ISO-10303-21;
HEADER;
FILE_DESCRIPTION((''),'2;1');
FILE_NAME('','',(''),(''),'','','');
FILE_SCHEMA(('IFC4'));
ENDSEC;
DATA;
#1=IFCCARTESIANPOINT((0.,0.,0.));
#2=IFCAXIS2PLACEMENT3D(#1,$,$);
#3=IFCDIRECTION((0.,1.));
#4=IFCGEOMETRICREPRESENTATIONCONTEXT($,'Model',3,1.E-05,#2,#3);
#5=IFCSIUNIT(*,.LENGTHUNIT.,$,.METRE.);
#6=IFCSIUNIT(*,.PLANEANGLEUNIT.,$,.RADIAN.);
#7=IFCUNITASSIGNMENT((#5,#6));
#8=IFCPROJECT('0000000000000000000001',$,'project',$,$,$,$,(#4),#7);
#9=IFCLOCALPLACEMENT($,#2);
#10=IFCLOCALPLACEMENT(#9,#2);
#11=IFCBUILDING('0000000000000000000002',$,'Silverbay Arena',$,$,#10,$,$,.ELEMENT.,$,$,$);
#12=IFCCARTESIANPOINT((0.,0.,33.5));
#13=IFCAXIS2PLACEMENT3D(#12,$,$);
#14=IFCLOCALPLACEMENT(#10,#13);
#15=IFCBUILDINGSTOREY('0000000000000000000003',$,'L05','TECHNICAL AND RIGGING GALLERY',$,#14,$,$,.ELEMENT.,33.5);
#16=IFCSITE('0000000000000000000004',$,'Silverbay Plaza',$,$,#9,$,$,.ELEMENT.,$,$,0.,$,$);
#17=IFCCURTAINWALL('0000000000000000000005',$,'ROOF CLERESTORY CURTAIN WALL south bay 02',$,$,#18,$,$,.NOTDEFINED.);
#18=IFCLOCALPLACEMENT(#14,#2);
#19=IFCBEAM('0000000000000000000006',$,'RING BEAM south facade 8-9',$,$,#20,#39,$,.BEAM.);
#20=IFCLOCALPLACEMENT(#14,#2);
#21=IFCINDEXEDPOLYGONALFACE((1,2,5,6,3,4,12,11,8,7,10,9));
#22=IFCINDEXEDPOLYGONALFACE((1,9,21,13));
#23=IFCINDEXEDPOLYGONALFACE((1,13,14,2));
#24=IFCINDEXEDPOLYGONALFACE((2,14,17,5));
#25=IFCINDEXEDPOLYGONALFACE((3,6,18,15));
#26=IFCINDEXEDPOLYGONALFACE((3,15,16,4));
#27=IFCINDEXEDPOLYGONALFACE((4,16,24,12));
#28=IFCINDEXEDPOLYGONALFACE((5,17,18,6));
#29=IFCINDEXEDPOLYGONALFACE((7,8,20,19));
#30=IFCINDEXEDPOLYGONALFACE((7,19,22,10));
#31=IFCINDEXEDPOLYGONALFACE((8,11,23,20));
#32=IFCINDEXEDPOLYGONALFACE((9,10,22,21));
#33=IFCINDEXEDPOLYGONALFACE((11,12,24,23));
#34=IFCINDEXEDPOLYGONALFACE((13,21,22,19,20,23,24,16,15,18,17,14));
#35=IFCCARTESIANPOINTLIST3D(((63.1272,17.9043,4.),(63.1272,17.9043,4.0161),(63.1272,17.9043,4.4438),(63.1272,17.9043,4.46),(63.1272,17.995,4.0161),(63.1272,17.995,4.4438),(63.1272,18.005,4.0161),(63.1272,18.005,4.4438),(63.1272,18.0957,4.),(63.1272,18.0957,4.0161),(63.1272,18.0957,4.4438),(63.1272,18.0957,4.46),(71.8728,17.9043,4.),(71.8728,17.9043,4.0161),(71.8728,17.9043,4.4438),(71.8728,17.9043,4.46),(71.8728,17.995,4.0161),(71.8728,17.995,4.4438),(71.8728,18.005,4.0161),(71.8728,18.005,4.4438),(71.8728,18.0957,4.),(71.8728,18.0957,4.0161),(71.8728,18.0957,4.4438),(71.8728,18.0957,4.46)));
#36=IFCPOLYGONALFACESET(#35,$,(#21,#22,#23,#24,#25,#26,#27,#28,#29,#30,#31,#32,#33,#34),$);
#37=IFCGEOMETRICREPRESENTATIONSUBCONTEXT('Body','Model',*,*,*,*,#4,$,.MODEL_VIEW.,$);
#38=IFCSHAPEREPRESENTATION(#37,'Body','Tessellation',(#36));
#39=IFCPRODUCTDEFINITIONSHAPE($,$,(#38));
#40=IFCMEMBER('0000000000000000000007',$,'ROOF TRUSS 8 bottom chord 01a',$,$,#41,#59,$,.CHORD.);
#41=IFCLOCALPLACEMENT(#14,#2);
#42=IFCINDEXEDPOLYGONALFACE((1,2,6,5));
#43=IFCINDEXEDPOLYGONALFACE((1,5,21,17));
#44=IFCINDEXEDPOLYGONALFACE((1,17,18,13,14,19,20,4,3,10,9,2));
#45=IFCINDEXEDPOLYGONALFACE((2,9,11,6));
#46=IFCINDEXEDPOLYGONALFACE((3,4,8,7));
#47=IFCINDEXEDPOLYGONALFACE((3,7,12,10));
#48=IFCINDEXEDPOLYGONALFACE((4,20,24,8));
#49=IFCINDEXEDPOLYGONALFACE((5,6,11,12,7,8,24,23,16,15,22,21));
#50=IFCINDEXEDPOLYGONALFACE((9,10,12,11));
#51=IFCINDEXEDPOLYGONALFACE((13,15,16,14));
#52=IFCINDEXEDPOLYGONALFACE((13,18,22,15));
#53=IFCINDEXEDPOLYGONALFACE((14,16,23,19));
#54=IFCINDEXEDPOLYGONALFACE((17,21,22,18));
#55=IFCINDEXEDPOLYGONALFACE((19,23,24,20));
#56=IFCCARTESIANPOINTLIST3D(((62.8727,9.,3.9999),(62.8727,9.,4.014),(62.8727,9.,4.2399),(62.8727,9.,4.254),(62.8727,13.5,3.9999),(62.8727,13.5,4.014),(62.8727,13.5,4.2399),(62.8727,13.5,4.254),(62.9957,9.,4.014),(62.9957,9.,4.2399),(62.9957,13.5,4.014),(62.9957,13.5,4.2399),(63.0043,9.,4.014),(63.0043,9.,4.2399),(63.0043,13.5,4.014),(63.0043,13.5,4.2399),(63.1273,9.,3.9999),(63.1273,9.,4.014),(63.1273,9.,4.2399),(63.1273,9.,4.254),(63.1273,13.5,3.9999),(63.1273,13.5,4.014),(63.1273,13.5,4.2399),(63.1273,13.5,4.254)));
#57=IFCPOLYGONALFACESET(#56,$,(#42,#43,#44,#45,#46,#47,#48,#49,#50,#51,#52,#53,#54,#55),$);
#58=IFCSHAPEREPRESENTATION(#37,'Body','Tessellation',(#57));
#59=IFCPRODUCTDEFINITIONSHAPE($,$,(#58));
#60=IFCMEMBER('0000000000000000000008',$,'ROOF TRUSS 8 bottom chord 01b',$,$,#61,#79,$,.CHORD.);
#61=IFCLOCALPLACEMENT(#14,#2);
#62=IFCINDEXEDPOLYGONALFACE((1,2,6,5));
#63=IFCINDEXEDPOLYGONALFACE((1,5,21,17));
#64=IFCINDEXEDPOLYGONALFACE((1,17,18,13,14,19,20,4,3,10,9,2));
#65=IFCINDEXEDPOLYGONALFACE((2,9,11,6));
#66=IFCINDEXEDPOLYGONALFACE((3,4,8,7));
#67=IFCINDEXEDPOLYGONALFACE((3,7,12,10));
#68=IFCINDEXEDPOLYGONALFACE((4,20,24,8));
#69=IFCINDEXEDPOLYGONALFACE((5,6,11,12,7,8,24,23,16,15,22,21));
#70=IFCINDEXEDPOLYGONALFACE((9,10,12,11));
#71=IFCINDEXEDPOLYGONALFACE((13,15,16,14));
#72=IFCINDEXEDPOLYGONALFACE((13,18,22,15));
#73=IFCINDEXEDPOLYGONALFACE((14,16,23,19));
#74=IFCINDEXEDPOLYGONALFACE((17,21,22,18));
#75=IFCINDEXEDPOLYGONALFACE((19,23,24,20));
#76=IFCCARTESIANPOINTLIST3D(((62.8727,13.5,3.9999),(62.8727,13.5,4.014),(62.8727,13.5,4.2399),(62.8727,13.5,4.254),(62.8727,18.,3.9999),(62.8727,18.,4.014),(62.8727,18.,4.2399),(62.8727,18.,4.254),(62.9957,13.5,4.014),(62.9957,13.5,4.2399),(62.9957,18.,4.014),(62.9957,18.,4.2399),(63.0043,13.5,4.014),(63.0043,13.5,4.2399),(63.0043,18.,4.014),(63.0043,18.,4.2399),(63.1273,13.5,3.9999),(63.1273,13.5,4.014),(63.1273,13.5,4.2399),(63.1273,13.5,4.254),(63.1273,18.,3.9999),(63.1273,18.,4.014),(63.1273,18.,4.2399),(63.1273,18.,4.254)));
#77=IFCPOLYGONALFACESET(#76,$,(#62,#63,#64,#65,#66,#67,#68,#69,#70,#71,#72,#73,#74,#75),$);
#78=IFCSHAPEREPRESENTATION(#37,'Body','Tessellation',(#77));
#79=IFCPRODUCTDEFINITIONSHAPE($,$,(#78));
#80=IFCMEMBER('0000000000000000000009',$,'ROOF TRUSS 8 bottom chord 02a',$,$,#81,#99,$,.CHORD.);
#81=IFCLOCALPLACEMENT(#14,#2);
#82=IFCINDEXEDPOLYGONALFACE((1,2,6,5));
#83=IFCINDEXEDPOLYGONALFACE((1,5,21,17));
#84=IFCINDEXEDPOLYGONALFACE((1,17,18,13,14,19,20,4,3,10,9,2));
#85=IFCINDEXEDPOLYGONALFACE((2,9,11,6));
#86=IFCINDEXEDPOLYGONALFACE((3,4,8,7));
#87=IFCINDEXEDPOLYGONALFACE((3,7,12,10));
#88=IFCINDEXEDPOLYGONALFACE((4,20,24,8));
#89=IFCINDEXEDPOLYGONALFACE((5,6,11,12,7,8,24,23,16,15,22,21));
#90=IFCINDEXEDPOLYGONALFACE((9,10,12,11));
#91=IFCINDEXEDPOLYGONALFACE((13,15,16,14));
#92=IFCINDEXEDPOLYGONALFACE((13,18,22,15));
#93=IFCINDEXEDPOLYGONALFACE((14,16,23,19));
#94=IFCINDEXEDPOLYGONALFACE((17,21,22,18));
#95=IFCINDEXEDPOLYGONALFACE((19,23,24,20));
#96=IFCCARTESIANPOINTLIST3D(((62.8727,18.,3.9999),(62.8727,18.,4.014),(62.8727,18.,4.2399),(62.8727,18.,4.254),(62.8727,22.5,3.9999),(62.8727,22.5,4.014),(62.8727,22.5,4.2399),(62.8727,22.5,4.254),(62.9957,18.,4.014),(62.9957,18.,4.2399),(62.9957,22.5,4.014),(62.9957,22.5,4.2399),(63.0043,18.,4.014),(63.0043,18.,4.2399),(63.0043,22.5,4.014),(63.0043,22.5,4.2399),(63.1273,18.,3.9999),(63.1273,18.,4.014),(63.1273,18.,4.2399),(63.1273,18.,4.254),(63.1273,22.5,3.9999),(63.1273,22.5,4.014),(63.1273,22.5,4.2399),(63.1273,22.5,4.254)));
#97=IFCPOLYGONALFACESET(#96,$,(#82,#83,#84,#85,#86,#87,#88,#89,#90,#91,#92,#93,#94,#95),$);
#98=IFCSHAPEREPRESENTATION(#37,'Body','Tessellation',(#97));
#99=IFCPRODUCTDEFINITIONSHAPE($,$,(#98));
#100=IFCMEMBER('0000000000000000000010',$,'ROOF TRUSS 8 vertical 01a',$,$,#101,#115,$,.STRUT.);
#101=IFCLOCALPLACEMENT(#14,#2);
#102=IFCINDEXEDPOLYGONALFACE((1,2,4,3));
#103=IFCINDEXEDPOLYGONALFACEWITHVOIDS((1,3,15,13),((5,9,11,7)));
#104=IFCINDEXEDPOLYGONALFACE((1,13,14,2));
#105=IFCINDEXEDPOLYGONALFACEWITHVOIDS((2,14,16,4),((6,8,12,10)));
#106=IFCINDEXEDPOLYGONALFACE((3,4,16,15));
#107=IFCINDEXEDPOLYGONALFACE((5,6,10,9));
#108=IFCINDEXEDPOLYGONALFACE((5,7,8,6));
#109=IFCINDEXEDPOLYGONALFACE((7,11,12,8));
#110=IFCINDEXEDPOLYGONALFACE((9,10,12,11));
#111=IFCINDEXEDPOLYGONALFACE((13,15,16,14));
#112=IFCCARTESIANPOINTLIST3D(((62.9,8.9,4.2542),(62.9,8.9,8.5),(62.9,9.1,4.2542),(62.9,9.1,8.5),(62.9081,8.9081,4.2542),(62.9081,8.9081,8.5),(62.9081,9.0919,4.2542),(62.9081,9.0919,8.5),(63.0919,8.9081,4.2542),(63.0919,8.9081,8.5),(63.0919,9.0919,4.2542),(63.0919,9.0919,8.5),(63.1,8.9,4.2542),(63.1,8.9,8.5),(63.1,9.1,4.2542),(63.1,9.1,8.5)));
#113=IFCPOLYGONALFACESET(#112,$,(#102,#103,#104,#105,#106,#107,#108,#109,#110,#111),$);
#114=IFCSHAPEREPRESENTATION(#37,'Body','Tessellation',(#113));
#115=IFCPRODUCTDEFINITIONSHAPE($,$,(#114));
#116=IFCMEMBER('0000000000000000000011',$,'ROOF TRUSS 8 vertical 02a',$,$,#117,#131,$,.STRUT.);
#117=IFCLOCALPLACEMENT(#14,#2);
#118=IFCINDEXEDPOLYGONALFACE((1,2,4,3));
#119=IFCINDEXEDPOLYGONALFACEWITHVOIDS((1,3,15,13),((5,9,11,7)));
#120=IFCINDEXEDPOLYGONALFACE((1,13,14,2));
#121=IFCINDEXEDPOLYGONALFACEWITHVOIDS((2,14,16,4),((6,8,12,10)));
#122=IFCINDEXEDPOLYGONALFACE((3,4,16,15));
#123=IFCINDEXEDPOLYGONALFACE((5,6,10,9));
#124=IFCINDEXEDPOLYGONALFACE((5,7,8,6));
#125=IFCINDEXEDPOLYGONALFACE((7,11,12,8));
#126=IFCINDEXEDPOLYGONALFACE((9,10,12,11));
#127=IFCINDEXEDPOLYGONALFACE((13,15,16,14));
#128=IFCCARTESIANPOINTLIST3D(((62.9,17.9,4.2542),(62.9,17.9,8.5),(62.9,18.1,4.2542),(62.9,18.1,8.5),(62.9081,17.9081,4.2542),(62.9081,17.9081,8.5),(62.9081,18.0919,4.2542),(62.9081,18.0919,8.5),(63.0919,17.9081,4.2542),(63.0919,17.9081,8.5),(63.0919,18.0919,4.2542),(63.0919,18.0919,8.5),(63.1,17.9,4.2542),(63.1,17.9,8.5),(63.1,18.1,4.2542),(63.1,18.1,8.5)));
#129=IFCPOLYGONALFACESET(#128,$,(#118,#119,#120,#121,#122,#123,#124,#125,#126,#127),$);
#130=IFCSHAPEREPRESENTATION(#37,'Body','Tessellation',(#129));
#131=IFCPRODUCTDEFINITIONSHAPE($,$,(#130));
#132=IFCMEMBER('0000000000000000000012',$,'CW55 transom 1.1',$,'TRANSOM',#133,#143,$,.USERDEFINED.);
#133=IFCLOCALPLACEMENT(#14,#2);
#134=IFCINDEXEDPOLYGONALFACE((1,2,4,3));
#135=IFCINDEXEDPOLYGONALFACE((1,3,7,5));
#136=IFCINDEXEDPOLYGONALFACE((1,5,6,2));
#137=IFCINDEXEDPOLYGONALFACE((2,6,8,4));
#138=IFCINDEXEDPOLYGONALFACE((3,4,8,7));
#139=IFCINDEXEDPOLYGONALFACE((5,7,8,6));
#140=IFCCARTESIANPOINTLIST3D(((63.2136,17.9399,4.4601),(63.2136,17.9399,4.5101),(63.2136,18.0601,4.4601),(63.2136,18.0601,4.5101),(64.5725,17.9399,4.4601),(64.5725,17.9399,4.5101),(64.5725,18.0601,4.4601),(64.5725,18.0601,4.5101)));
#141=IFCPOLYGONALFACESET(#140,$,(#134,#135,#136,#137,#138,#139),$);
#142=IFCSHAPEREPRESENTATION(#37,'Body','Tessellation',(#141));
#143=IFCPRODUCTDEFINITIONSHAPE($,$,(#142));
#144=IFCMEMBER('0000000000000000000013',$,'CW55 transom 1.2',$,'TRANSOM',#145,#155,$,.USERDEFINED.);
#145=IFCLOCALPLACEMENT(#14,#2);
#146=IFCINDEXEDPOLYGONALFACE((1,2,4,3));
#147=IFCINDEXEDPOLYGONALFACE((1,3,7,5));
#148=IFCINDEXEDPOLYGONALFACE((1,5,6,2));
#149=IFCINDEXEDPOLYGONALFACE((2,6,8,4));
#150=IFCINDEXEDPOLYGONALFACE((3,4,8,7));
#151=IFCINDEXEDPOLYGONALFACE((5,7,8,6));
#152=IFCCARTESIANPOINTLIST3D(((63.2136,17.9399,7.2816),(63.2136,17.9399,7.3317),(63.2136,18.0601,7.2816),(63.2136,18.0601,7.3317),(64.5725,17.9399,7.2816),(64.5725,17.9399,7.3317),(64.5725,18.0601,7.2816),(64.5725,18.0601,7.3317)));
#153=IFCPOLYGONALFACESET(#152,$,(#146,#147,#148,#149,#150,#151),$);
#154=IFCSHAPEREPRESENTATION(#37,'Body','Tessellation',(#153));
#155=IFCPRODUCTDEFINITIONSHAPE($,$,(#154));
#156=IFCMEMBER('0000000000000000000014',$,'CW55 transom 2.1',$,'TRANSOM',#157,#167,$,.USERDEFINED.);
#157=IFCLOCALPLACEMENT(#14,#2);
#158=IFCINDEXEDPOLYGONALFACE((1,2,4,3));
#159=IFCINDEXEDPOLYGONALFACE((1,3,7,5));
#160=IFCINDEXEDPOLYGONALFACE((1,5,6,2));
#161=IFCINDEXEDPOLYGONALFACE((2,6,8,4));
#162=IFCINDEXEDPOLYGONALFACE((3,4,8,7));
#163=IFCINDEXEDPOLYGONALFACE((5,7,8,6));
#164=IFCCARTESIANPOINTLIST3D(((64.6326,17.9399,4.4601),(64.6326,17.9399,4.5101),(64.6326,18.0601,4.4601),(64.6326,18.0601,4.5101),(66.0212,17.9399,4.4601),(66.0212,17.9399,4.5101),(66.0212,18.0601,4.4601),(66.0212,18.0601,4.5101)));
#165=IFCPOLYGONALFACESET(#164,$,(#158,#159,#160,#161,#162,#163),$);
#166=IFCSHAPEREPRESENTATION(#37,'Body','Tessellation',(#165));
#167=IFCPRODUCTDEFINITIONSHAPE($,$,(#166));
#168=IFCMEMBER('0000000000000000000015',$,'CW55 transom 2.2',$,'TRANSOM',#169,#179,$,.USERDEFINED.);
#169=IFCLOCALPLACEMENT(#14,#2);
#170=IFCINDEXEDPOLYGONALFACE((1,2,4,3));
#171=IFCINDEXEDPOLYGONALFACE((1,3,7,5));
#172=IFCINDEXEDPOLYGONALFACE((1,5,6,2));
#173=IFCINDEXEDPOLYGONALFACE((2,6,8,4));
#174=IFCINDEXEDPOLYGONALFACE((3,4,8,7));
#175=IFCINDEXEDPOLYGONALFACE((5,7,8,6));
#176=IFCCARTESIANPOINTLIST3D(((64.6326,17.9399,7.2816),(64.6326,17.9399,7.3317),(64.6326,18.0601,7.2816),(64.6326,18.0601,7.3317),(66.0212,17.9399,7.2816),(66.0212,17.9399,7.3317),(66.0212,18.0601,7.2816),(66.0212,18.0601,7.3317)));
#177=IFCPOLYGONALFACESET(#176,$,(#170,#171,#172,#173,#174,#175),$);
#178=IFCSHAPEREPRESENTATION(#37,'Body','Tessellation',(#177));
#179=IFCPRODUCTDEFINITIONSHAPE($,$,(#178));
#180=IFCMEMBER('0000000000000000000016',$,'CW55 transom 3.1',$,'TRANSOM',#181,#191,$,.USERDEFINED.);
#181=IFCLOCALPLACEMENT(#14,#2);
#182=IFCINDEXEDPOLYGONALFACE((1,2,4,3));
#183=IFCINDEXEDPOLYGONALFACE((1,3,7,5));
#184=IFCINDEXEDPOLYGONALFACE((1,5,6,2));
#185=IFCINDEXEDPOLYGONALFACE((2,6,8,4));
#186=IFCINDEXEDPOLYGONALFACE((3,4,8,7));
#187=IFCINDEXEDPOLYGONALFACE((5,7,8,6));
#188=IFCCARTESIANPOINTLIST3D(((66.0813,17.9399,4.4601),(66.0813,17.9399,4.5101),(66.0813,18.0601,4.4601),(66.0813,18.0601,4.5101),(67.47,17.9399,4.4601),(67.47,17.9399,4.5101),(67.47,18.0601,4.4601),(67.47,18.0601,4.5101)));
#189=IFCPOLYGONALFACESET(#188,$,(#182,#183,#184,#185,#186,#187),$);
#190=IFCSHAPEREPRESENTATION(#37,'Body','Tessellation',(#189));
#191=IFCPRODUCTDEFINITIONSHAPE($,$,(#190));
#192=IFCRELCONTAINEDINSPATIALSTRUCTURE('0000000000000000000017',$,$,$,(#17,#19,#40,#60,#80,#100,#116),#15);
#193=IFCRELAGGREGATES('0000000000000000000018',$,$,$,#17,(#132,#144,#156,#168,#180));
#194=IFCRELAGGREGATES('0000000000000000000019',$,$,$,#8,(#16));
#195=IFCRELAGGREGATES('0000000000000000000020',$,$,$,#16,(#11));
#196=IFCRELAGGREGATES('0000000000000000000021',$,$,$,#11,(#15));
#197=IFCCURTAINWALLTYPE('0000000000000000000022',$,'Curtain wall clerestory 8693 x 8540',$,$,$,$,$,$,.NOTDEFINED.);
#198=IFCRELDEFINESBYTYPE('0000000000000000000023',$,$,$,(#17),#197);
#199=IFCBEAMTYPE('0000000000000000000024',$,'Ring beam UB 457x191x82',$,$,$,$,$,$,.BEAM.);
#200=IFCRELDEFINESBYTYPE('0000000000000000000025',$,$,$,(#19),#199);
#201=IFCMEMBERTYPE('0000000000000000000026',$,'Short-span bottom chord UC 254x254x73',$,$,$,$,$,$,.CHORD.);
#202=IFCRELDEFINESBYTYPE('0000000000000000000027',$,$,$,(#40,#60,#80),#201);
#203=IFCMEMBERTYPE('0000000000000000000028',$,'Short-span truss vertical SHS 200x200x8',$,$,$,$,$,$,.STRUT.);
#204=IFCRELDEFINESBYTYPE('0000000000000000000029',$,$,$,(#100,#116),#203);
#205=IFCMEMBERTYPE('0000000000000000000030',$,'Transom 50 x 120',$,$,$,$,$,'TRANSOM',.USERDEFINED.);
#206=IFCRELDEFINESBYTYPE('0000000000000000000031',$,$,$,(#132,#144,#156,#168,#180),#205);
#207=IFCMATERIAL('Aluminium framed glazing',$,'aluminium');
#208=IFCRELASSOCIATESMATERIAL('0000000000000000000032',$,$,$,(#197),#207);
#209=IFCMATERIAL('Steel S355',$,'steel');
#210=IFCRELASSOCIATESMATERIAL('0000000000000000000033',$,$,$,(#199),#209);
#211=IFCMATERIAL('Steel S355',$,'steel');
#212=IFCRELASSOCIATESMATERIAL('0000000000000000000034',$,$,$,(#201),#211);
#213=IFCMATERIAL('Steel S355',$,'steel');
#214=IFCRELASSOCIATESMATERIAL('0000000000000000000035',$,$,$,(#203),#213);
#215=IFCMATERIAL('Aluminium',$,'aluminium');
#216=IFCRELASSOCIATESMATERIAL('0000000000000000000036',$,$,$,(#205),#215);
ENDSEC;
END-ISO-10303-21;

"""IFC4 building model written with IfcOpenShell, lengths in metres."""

from ifc_helpers import new_model, si_unit, direction, frame, origin, origin_2d, place, context, subcontext, project, spatial, rectangle, hollow_rectangle, i_section, extrude, material, material_profile, profile_set, type_object, element, aggregate, save


model = new_model("IFC4")

# Units and contexts
model_context = context("Model", 3, precision=1e-05, world=origin(), true_north=direction((0.0, 1.0)))
body_context = subcontext(model_context, "Body", "Model", "MODEL_VIEW")
ifc_project = project(units=[si_unit("LENGTHUNIT", "METRE"), si_unit("PLANEANGLEUNIT", "RADIAN")], contexts=[model_context])

# Site, building, storey
site_placement = place(None, origin())
site = spatial("IfcSite", under=ifc_project, at=site_placement, Name="Silverbay Plaza", CompositionType="ELEMENT", RefElevation=0.0)
building_placement = place(site_placement, origin())
building = spatial("IfcBuilding", under=site, at=building_placement, Name="Silverbay Arena", CompositionType="ELEMENT")
storey_placement = place(building_placement, frame((0.0, 0.0, 33.5)))
storey = spatial("IfcBuildingStorey", under=building, at=storey_placement, Name="L05", Description="TECHNICAL AND RIGGING GALLERY", CompositionType="ELEMENT", Elevation=33.5)

# Curtain wall
ifc_material_1 = material(Name="Aluminium framed glazing", Category="aluminium")
curtain_wall_type_1 = type_object("IfcCurtainWallType", Name="Curtain wall clerestory 8693 x 8540", PredefinedType="NOTDEFINED", material=ifc_material_1)
curtain_wall_1_placement = place(storey_placement, origin())
curtain_wall_1 = element("IfcCurtainWall", 1, at=curtain_wall_1_placement, inside=storey, type_object=curtain_wall_type_1, Name="ROOF CLERESTORY CURTAIN WALL south bay 02", PredefinedType="NOTDEFINED")

# Beam
ifc_material_2 = material(Name="Steel S355", Category="steel")
ifc_material_profile_1 = material_profile(ifc_material_2, i_section(OverallWidth=0.1914, OverallDepth=0.46, WebThickness=0.01, FlangeThickness=0.0161, at=origin_2d()), Name="UB 457x191x82")
ifc_profile_set_1 = profile_set([ifc_material_profile_1], Name="Steel S355")
beam_type_1 = type_object("IfcBeamType", Name="Ring beam UB 457x191x82", PredefinedType="BEAM", material=ifc_profile_set_1)
beam_placement = place(storey_placement, frame((63.1272, 18.0, 4.23), z_axis=(1.0, 0.0, 0.0), x_axis=(0.0, 1.0, 0.0)))
element("IfcBeam", 2, at=beam_placement, inside=storey, type_object=beam_type_1, Name="RING BEAM south facade 8-9", PredefinedType="BEAM", context=body_context, shape_type="SweptSolid", body=[
    extrude(i_section(OverallWidth=0.1914, OverallDepth=0.46, WebThickness=0.01, FlangeThickness=0.0161, at=origin_2d()), origin(), (0.0, 0.0, 1.0), 8.7456),
])

# Members
ifc_material_3 = material(Name="Steel S355", Category="steel")
ifc_material_profile_2 = material_profile(ifc_material_3, i_section(OverallWidth=0.2546, OverallDepth=0.2542, WebThickness=0.0085, FlangeThickness=0.0142, at=origin_2d()), Name="UC 254x254x73")
ifc_profile_set_2 = profile_set([ifc_material_profile_2], Name="Steel S355")
member_type_1 = type_object("IfcMemberType", Name="Short-span bottom chord UC 254x254x73", PredefinedType="CHORD", material=ifc_profile_set_2)
for number, where, z_axis, x_axis, name in (
    (3, (63.0, 9.0, 4.127), (0.0, 1.0, 0.0), (-1.0, 0.0, 0.0), "ROOF TRUSS 8 bottom chord 01a"),
    (4, (63.0, 13.5, 4.127), (0.0, 1.0, 0.0), (-1.0, 0.0, 0.0), "ROOF TRUSS 8 bottom chord 01b"),
    (5, (63.0, 18.0, 4.127), (0.0, 1.0, 0.0), (-1.0, 0.0, 0.0), "ROOF TRUSS 8 bottom chord 02a"),
):
    element("IfcMember", number, at=place(storey_placement, frame(where, z_axis=z_axis, x_axis=x_axis)), inside=storey, type_object=member_type_1, Name=name, PredefinedType="CHORD", context=body_context, shape_type="SweptSolid", body=[
        extrude(i_section(OverallWidth=0.2546, OverallDepth=0.2542, WebThickness=0.0085, FlangeThickness=0.0142, at=origin_2d()), origin(), (0.0, 0.0, 1.0), 4.5),
    ])
ifc_material_4 = material(Name="Steel S355", Category="steel")
ifc_material_profile_3 = material_profile(ifc_material_4, hollow_rectangle(XDim=0.2, YDim=0.2, WallThickness=0.0081, at=origin_2d()), Name="SHS 200x200x8")
ifc_profile_set_3 = profile_set([ifc_material_profile_3], Name="Steel S355")
member_type_2 = type_object("IfcMemberType", Name="Short-span truss vertical SHS 200x200x8", PredefinedType="STRUT", material=ifc_profile_set_3)
for number, where, z_axis, x_axis, name in (
    (6, (63.0, 9.0, 4.2542), (0.0, 0.0, 1.0), (1.0, 0.0, 0.0), "ROOF TRUSS 8 vertical 01a"),
    (7, (63.0, 18.0, 4.2542), (0.0, 0.0, 1.0), (1.0, 0.0, 0.0), "ROOF TRUSS 8 vertical 02a"),
):
    element("IfcMember", number, at=place(storey_placement, frame(where, z_axis=z_axis, x_axis=x_axis)), inside=storey, type_object=member_type_2, Name=name, PredefinedType="STRUT", context=body_context, shape_type="SweptSolid", body=[
        extrude(hollow_rectangle(XDim=0.2, YDim=0.2, WallThickness=0.0081, at=origin_2d()), origin(), (0.0, 0.0, 1.0), 4.2458),
    ])

# Members
ifc_material_5 = material(Name="Aluminium", Category="aluminium")
ifc_material_profile_4 = material_profile(ifc_material_5, rectangle(XDim=0.1201, YDim=0.05, at=origin_2d()), Name="Transom 50 x 120")
ifc_profile_set_4 = profile_set([ifc_material_profile_4], Name="Aluminium")
member_type_3 = type_object("IfcMemberType", Name="Transom 50 x 120", ElementType="TRANSOM", PredefinedType="USERDEFINED", material=ifc_profile_set_4)
member_1_placement = place(storey_placement, frame((63.2136, 18.0, 4.4851), z_axis=(1.0, 0.0, 0.0), x_axis=(0.0, 1.0, 0.0)))
member_1 = element("IfcMember", 8, at=member_1_placement, type_object=member_type_3, Name="CW55 transom 1.1", ObjectType="TRANSOM", PredefinedType="USERDEFINED", context=body_context, shape_type="SweptSolid", body=[
    extrude(rectangle(XDim=0.1201, YDim=0.05, at=origin_2d()), origin(), (0.0, 0.0, 1.0), 1.3589),
])
member_2_placement = place(storey_placement, frame((63.2136, 18.0, 7.3066), z_axis=(1.0, 0.0, 0.0), x_axis=(0.0, 1.0, 0.0)))
member_2 = element("IfcMember", 9, at=member_2_placement, type_object=member_type_3, Name="CW55 transom 1.2", ObjectType="TRANSOM", PredefinedType="USERDEFINED", context=body_context, shape_type="SweptSolid", body=[
    extrude(rectangle(XDim=0.1201, YDim=0.05, at=origin_2d()), origin(), (0.0, 0.0, 1.0), 1.3589),
])
member_3_placement = place(storey_placement, frame((64.6326, 18.0, 4.4851), z_axis=(1.0, 0.0, 0.0), x_axis=(0.0, 1.0, 0.0)))
member_3 = element("IfcMember", 10, at=member_3_placement, type_object=member_type_3, Name="CW55 transom 2.1", ObjectType="TRANSOM", PredefinedType="USERDEFINED", context=body_context, shape_type="SweptSolid", body=[
    extrude(rectangle(XDim=0.1201, YDim=0.05, at=origin_2d()), origin(), (0.0, 0.0, 1.0), 1.3887),
])
member_4_placement = place(storey_placement, frame((64.6326, 18.0, 7.3066), z_axis=(1.0, 0.0, 0.0), x_axis=(0.0, 1.0, 0.0)))
member_4 = element("IfcMember", 11, at=member_4_placement, type_object=member_type_3, Name="CW55 transom 2.2", ObjectType="TRANSOM", PredefinedType="USERDEFINED", context=body_context, shape_type="SweptSolid", body=[
    extrude(rectangle(XDim=0.1201, YDim=0.05, at=origin_2d()), origin(), (0.0, 0.0, 1.0), 1.3887),
])
member_5_placement = place(storey_placement, frame((66.0813, 18.0, 4.4851), z_axis=(1.0, 0.0, 0.0), x_axis=(0.0, 1.0, 0.0)))
member_5 = element("IfcMember", 12, at=member_5_placement, type_object=member_type_3, Name="CW55 transom 3.1", ObjectType="TRANSOM", PredefinedType="USERDEFINED", context=body_context, shape_type="SweptSolid", body=[
    extrude(rectangle(XDim=0.1201, YDim=0.05, at=origin_2d()), origin(), (0.0, 0.0, 1.0), 1.3887),
])

aggregate(curtain_wall_1, [member_1, member_2, member_3, member_4, member_5])

save(model, "model.ifc")
